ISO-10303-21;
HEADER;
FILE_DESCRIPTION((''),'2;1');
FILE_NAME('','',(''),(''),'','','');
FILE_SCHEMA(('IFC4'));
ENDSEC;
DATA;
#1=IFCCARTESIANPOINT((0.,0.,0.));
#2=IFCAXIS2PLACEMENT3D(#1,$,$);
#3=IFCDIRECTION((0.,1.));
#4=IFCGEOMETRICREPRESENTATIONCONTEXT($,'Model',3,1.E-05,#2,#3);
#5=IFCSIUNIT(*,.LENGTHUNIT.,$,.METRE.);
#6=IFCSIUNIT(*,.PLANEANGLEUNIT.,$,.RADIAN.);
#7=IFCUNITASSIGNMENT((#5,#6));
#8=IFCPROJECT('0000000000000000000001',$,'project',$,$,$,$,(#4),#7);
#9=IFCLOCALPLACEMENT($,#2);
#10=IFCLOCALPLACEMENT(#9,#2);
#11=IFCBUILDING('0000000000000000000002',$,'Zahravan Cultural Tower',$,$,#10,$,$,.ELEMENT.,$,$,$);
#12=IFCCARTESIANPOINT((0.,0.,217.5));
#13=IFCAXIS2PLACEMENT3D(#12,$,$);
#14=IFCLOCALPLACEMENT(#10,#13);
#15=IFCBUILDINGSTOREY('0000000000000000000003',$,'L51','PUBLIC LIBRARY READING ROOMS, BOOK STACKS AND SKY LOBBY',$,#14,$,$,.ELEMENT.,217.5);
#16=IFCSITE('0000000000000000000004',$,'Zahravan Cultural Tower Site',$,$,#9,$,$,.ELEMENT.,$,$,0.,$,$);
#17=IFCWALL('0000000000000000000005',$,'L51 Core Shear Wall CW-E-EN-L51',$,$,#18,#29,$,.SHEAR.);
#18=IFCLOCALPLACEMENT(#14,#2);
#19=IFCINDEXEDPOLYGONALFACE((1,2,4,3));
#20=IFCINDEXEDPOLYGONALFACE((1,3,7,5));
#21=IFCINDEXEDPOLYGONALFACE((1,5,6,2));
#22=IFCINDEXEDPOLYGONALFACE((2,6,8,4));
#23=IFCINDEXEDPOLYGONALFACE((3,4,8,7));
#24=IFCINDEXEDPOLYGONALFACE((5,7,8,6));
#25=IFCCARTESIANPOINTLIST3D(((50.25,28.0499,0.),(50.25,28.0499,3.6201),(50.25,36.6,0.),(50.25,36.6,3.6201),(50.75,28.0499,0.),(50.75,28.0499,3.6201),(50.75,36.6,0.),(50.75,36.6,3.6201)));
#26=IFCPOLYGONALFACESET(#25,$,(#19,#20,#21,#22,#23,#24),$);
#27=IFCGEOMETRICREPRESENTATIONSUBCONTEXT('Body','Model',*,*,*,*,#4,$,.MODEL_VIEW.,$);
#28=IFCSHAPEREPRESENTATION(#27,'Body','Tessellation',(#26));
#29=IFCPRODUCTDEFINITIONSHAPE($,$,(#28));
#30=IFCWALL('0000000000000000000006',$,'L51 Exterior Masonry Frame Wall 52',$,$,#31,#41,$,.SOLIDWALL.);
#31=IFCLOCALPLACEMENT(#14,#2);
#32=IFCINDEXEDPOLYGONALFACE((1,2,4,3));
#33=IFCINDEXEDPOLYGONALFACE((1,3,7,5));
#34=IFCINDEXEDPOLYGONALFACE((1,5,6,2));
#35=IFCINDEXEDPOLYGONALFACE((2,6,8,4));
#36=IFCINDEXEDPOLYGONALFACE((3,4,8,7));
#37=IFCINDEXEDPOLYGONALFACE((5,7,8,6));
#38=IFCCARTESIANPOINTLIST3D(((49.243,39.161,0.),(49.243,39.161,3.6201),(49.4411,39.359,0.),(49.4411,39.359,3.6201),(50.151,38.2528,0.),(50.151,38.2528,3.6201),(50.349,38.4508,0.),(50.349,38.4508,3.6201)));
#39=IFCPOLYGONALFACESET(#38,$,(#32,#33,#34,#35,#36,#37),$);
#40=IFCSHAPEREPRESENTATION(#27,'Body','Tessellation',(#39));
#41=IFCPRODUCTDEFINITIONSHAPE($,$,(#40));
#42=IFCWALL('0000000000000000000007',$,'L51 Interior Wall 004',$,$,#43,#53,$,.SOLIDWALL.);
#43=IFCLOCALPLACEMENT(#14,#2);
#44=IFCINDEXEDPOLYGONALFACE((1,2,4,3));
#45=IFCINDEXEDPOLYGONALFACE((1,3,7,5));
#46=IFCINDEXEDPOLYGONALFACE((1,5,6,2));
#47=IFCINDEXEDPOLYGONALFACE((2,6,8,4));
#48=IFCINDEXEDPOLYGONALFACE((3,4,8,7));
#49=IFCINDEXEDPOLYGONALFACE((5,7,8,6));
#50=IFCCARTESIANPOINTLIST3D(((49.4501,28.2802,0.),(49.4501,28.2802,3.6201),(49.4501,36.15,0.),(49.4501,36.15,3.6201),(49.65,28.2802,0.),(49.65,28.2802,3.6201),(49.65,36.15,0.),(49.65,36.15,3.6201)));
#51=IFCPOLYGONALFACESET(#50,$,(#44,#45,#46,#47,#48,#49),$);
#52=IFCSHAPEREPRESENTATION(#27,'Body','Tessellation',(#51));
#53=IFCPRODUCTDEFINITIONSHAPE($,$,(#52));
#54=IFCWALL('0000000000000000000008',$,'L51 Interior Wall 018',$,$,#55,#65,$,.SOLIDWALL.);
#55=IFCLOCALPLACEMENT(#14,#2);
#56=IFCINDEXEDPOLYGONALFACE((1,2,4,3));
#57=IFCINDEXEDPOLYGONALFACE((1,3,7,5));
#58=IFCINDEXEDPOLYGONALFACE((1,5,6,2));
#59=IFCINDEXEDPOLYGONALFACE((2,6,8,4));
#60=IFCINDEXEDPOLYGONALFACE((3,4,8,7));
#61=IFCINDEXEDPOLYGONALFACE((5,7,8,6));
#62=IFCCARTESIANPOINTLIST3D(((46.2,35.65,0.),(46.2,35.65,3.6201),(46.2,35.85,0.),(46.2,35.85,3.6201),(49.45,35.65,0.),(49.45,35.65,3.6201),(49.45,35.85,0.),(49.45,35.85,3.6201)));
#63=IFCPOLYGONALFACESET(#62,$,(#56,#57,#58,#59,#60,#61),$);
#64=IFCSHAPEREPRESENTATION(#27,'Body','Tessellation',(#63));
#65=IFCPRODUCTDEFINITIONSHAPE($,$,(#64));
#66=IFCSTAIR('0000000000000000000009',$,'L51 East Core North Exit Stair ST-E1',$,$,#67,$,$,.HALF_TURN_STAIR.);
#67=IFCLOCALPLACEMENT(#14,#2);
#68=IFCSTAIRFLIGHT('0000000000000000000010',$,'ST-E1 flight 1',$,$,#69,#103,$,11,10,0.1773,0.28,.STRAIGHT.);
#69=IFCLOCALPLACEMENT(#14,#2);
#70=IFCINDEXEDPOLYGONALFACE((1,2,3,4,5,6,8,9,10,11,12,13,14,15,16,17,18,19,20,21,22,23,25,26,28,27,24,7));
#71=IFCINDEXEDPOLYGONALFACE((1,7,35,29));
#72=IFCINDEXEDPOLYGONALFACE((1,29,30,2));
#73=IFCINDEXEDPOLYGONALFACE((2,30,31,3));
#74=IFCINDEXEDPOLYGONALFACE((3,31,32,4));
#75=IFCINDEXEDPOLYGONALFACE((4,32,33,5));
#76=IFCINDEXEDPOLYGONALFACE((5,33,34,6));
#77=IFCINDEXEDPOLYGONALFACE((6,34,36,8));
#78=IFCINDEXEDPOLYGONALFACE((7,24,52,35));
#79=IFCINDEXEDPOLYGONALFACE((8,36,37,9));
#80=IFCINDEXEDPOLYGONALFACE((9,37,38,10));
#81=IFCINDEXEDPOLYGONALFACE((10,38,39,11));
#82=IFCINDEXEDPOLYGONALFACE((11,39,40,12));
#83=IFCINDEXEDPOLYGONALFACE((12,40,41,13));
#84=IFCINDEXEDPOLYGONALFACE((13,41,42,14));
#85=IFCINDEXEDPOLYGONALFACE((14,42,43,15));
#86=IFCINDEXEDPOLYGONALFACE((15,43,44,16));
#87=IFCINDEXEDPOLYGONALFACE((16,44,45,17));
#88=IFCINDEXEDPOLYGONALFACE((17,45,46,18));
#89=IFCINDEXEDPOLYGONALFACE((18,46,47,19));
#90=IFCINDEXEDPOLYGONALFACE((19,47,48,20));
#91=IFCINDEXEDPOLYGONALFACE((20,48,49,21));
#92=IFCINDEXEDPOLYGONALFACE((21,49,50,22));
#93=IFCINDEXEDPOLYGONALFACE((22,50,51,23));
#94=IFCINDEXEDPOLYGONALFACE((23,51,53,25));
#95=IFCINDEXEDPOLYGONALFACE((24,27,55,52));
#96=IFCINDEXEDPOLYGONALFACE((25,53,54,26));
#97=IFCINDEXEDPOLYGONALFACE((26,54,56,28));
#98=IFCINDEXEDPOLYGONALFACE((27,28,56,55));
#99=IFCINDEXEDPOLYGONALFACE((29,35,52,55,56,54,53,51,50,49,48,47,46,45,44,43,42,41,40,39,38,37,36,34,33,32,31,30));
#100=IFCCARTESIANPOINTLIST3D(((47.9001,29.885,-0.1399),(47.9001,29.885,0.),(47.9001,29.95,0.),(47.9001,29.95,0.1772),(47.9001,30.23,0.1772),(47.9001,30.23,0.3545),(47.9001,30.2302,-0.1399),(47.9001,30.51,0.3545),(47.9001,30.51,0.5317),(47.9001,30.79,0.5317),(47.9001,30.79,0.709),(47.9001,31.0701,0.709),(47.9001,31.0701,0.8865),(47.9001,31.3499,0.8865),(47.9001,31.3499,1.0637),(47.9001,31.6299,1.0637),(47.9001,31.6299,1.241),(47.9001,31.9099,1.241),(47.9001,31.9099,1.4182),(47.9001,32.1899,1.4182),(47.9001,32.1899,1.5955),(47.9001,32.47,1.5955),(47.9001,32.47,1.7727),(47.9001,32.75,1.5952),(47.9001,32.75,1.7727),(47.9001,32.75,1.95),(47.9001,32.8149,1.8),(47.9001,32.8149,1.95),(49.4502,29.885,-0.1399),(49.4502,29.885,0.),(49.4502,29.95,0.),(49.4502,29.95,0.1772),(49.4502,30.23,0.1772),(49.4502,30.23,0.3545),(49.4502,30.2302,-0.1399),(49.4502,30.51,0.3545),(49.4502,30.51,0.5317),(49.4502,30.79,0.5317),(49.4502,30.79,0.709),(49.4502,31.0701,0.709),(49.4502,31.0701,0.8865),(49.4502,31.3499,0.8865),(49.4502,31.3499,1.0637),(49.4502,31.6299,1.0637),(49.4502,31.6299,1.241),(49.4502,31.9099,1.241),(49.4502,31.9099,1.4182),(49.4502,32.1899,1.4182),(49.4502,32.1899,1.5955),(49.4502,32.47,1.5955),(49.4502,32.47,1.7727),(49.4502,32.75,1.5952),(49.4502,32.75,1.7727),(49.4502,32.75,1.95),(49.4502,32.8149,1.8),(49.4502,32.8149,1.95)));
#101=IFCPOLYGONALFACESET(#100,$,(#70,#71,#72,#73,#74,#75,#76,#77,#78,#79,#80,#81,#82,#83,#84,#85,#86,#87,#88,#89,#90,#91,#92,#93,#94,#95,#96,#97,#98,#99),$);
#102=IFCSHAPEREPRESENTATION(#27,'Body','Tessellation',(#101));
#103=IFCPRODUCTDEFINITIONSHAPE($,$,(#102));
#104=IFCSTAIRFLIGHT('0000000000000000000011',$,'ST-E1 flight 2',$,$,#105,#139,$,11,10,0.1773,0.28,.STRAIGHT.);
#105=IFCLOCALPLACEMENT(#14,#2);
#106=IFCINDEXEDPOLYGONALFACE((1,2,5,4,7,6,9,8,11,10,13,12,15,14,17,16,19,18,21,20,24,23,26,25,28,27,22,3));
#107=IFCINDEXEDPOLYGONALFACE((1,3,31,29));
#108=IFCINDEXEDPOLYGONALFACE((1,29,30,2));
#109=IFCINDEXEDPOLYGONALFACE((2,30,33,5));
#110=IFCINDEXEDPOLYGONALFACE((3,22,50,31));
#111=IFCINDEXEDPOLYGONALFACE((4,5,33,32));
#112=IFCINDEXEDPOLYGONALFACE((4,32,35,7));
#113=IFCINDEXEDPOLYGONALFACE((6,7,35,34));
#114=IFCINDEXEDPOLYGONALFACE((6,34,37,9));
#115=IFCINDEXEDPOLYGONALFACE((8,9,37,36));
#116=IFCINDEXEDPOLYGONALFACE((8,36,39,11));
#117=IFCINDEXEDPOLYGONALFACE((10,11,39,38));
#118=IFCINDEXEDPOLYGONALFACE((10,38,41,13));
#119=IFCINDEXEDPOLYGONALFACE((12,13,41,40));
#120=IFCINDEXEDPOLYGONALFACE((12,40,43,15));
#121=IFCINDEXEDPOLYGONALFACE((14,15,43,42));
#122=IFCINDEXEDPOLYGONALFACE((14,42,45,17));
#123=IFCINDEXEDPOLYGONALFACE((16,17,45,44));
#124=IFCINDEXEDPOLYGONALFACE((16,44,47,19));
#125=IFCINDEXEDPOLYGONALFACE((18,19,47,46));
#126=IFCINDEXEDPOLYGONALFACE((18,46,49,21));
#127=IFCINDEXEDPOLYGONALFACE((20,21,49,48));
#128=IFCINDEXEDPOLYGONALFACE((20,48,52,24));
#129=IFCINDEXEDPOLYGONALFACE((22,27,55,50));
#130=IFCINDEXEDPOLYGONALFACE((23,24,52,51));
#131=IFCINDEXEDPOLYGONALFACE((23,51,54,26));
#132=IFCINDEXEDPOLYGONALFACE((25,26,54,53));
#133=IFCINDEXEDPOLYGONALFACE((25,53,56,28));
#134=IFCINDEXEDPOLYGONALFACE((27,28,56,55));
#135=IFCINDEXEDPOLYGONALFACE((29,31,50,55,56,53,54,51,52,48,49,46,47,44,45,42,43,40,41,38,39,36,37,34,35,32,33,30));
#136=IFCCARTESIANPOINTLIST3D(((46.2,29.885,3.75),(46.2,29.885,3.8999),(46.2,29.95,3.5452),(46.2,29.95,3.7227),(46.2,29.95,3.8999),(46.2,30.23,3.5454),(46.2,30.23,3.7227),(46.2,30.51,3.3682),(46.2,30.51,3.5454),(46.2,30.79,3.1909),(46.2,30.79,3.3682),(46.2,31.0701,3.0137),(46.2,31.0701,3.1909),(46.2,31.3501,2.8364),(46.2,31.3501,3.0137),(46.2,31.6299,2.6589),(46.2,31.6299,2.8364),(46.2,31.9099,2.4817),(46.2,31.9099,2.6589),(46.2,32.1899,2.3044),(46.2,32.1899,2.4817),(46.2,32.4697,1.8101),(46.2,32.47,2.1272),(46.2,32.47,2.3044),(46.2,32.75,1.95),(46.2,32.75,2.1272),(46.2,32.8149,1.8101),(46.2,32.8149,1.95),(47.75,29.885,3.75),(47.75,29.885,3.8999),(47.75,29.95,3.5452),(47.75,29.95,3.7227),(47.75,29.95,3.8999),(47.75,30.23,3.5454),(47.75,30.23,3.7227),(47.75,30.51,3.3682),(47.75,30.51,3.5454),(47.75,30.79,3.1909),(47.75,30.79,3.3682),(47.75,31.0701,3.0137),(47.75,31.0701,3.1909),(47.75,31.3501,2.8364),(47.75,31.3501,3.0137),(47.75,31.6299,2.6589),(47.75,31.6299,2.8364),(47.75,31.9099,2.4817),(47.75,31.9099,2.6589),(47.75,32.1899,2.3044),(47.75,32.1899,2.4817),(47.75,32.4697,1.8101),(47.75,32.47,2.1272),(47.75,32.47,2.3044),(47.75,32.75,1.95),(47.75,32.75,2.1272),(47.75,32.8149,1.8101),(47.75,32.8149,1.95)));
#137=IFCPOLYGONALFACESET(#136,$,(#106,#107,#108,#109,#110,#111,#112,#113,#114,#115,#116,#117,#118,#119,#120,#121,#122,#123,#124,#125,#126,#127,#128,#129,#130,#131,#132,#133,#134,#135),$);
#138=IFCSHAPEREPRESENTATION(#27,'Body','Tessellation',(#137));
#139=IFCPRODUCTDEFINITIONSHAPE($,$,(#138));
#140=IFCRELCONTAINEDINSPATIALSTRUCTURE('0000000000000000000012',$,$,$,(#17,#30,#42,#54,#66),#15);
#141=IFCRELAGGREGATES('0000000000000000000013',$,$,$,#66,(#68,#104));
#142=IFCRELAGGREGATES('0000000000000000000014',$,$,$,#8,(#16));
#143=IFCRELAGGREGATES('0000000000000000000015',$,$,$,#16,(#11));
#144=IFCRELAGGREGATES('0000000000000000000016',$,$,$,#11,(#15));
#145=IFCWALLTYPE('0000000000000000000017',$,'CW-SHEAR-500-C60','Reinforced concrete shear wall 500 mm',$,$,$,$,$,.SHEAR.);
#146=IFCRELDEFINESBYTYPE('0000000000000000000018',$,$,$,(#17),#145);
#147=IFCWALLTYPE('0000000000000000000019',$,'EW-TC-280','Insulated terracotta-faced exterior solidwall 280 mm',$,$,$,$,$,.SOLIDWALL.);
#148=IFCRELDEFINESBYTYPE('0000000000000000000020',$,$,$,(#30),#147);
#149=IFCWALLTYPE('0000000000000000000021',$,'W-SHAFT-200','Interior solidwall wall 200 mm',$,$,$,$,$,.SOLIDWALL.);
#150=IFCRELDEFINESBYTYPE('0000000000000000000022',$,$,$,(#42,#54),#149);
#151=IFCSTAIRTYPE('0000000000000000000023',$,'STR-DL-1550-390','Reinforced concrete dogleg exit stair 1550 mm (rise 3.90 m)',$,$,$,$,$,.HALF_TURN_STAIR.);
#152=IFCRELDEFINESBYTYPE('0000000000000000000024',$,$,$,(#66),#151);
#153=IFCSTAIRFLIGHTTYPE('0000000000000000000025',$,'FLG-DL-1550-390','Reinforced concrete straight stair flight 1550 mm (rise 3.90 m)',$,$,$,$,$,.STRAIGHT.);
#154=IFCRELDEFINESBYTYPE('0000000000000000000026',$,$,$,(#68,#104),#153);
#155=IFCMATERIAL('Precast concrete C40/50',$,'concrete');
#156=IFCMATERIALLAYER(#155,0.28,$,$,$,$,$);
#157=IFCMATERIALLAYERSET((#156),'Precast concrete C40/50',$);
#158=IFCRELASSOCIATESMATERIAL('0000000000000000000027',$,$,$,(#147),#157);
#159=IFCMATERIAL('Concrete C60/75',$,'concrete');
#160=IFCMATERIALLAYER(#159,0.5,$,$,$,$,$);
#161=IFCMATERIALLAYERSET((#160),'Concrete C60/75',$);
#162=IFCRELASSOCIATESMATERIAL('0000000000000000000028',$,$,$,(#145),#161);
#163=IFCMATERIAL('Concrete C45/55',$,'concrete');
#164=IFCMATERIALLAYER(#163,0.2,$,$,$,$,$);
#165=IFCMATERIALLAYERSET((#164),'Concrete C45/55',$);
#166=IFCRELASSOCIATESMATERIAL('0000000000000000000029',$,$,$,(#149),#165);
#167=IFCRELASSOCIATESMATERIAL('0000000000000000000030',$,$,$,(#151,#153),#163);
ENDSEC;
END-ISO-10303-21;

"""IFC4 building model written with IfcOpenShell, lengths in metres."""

from ifc_helpers import new_model, si_unit, direction, frame, frame_2d, origin, place, context, subcontext, project, spatial, polyline, rectangle, outline, extrude, source, transform, mapped, material, layer, layer_set, type_object, element, aggregate, save


model = new_model("IFC4")

# Units and contexts
model_context = context("Model", 3, precision=1e-05, world=origin(), true_north=direction((0.0, 1.0)))
body_context = subcontext(model_context, "Body", "Model", "MODEL_VIEW")
ifc_project = project(units=[si_unit("LENGTHUNIT", "METRE"), si_unit("PLANEANGLEUNIT", "RADIAN")], contexts=[model_context])

# Site, building, storey
site_placement = place(None, origin())
site = spatial("IfcSite", under=ifc_project, at=site_placement, Name="Zahravan Cultural Tower Site", CompositionType="ELEMENT", RefElevation=0.0)
building_placement = place(site_placement, origin())
building = spatial("IfcBuilding", under=site, at=building_placement, Name="Zahravan Cultural Tower", CompositionType="ELEMENT")
storey_placement = place(building_placement, frame((0.0, 0.0, 217.5)))
storey = spatial("IfcBuildingStorey", under=building, at=storey_placement, Name="L51", Description="PUBLIC LIBRARY READING ROOMS, BOOK STACKS AND SKY LOBBY", CompositionType="ELEMENT", Elevation=217.5)

# Shared definitions
ifc_material_1 = material(Name="Precast concrete C40/50", Category="concrete")
ifc_layer_1 = layer(ifc_material_1, 0.28)
ifc_layer_set_1 = layer_set([ifc_layer_1], Name="Precast concrete C40/50")
wall_type_1 = type_object("IfcWallType", Name="EW-TC-280", Description="Insulated terracotta-faced exterior solidwall 280 mm", PredefinedType="SOLIDWALL", material=ifc_layer_set_1)

# Walls
ifc_material_2 = material(Name="Concrete C60/75", Category="concrete")
ifc_layer_2 = layer(ifc_material_2, 0.5)
ifc_layer_set_2 = layer_set([ifc_layer_2], Name="Concrete C60/75")
wall_type_2 = type_object("IfcWallType", Name="CW-SHEAR-500-C60", Description="Reinforced concrete shear wall 500 mm", PredefinedType="SHEAR", material=ifc_layer_set_2)
shared_shape_1 = source(origin(), body_context, "Body", "SweptSolid", [
    extrude(rectangle(XDim=8.55, YDim=0.5, at=frame_2d((4.2749, 0.0))), origin(), (0.0, 0.0, 1.0), 3.6201),
])
wall_1_placement = place(storey_placement, frame((50.5, 28.05, 0.0), z_axis=(0.0, 0.0, 1.0), x_axis=(0.0, 1.0, 0.0)))
element("IfcWall", 1, at=wall_1_placement, inside=storey, type_object=wall_type_2, Name="L51 Core Shear Wall CW-E-EN-L51", PredefinedType="SHEAR", context=body_context, shape_type="MappedRepresentation", body=[
    mapped(shared_shape_1, transform((0.0, 0.0, 0.0), x_axis=(1.0, 0.0, 0.0), y_axis=(0.0, 1.0, 0.0), z_axis=(0.0, 0.0, 1.0), scale=1.0)),
])
shared_shape_2 = source(origin(), body_context, "Body", "SweptSolid", [
    extrude(rectangle(XDim=1.2842, YDim=0.28, at=frame_2d((0.6421, 0.0))), origin(), (0.0, 0.0, 1.0), 3.6201),
])
wall_2_placement = place(storey_placement, frame((49.342, 39.26, 0.0), z_axis=(0.0, 0.0, 1.0), x_axis=(0.707012, -0.707202, 0.0)))
element("IfcWall", 2, at=wall_2_placement, inside=storey, type_object=wall_type_1, Name="L51 Exterior Masonry Frame Wall 52", PredefinedType="SOLIDWALL", context=body_context, shape_type="MappedRepresentation", body=[
    mapped(shared_shape_2, transform((0.0, 0.0, 0.0), x_axis=(1.0, 0.0, 0.0), y_axis=(0.0, 1.0, 0.0), z_axis=(0.0, 0.0, 1.0), scale=1.0)),
])
ifc_material_3 = material(Name="Concrete C45/55", Category="concrete")
ifc_layer_3 = layer(ifc_material_3, 0.2)
ifc_layer_set_3 = layer_set([ifc_layer_3], Name="Concrete C45/55")
wall_type_3 = type_object("IfcWallType", Name="W-SHAFT-200", Description="Interior solidwall wall 200 mm", PredefinedType="SOLIDWALL", material=ifc_layer_set_3)
shared_shape_3 = source(origin(), body_context, "Body", "SweptSolid", [
    extrude(rectangle(XDim=7.8699, YDim=0.2, at=frame_2d((3.9351, 0.0))), origin(), (0.0, 0.0, 1.0), 3.6201),
])
wall_3_placement = place(storey_placement, frame((49.55, 28.28, 0.0), z_axis=(0.0, 0.0, 1.0), x_axis=(0.0, 1.0, 0.0)))
element("IfcWall", 3, at=wall_3_placement, inside=storey, type_object=wall_type_3, Name="L51 Interior Wall 004", PredefinedType="SOLIDWALL", context=body_context, shape_type="MappedRepresentation", body=[
    mapped(shared_shape_3, transform((0.0, 0.0, 0.0), x_axis=(1.0, 0.0, 0.0), y_axis=(0.0, 1.0, 0.0), z_axis=(0.0, 0.0, 1.0), scale=1.0)),
])
shared_shape_4 = source(origin(), body_context, "Body", "SweptSolid", [
    extrude(rectangle(XDim=3.25, YDim=0.2, at=frame_2d((1.625, 0.0))), origin(), (0.0, 0.0, 1.0), 3.6201),
])
wall_4_placement = place(storey_placement, frame((46.2, 35.75, 0.0), z_axis=(0.0, 0.0, 1.0), x_axis=(1.0, 0.0, 0.0)))
element("IfcWall", 4, at=wall_4_placement, inside=storey, type_object=wall_type_3, Name="L51 Interior Wall 018", PredefinedType="SOLIDWALL", context=body_context, shape_type="MappedRepresentation", body=[
    mapped(shared_shape_4, transform((0.0, 0.0, 0.0), x_axis=(1.0, 0.0, 0.0), y_axis=(0.0, 1.0, 0.0), z_axis=(0.0, 0.0, 1.0), scale=1.0)),
])

# Stair, stair flights
stair_type = type_object("IfcStairType", Name="STR-DL-1550-390", Description="Reinforced concrete dogleg exit stair 1550 mm (rise 3.90 m)", PredefinedType="HALF_TURN_STAIR", material=ifc_material_3)
stair_placement = place(storey_placement, origin())
stair = element("IfcStair", 5, at=stair_placement, inside=storey, type_object=stair_type, Name="L51 East Core North Exit Stair ST-E1", PredefinedType="HALF_TURN_STAIR")
stair_flight_type = type_object("IfcStairFlightType", Name="FLG-DL-1550-390", Description="Reinforced concrete straight stair flight 1550 mm (rise 3.90 m)", PredefinedType="STRAIGHT", material=ifc_material_3)
stair_flight_1_placement = place(storey_placement, frame((48.675, 29.95, 0.0), z_axis=(0.0, 0.0, 1.0), x_axis=(0.0, 1.0, 0.0)))
stair_flight_1 = element("IfcStairFlight", 6, at=stair_flight_1_placement, type_object=stair_flight_type, Name="ST-E1 flight 1", NumberOfRisers=11, NumberOfTreads=10, PredefinedType="STRAIGHT", RiserHeight=0.1773, TreadLength=0.28, context=body_context, shape_type="SweptSolid", body=[
    extrude(outline(polyline([(-0.0649, -0.1399), (-0.0649, 0.0), (0.0, 0.0), (0.0, 0.1772), (0.28, 0.1772), (0.28, 0.3545), (0.5601, 0.3545), (0.5601, 0.5317), (0.8401, 0.5317), (0.8401, 0.709), (1.1201, 0.709), (1.1201, 0.8865), (1.3999, 0.8865), (1.3999, 1.0637), (1.6799, 1.0637), (1.6799, 1.241), (1.96, 1.241), (1.96, 1.4182), (2.24, 1.4182), (2.24, 1.5955), (2.52, 1.5955), (2.52, 1.7727), (2.8, 1.7727), (2.8, 1.95), (2.865, 1.95), (2.865, 1.8), (2.8, 1.5952), (0.2803, -0.1399), (-0.0649, -0.1399)])), frame((0.0, 0.7749, 0.0), z_axis=(0.0, -1.0, 0.0), x_axis=(1.0, 0.0, 0.0)), (0.0, 0.0, 1.0), 1.55),
])
stair_flight_2_placement = place(storey_placement, frame((46.9751, 32.75, 1.95), z_axis=(0.0, 0.0, 1.0), x_axis=(0.0, -1.0, 0.0)))
stair_flight_2 = element("IfcStairFlight", 7, at=stair_flight_2_placement, type_object=stair_flight_type, Name="ST-E1 flight 2", NumberOfRisers=11, NumberOfTreads=10, PredefinedType="STRAIGHT", RiserHeight=0.1773, TreadLength=0.28, context=body_context, shape_type="SweptSolid", body=[
    extrude(outline(polyline([(-0.0649, -0.1399), (-0.0649, 0.0), (0.0, 0.0), (0.0, 0.1772), (0.28, 0.1772), (0.28, 0.3545), (0.5601, 0.3545), (0.5601, 0.5317), (0.8401, 0.5317), (0.8401, 0.709), (1.1201, 0.709), (1.1201, 0.8865), (1.3999, 0.8865), (1.3999, 1.0637), (1.6799, 1.0637), (1.6799, 1.241), (1.96, 1.241), (1.96, 1.4182), (2.24, 1.4182), (2.24, 1.5955), (2.52, 1.5955), (2.52, 1.7727), (2.8, 1.7727), (2.8, 1.95), (2.865, 1.95), (2.865, 1.8), (2.8, 1.5952), (0.2803, -0.1399), (-0.0649, -0.1399)])), frame((0.0, 0.7749, 0.0), z_axis=(0.0, -1.0, 0.0), x_axis=(1.0, 0.0, 0.0)), (0.0, 0.0, 1.0), 1.55),
])
aggregate(stair, [stair_flight_1, stair_flight_2])

save(model, "model.ifc")
